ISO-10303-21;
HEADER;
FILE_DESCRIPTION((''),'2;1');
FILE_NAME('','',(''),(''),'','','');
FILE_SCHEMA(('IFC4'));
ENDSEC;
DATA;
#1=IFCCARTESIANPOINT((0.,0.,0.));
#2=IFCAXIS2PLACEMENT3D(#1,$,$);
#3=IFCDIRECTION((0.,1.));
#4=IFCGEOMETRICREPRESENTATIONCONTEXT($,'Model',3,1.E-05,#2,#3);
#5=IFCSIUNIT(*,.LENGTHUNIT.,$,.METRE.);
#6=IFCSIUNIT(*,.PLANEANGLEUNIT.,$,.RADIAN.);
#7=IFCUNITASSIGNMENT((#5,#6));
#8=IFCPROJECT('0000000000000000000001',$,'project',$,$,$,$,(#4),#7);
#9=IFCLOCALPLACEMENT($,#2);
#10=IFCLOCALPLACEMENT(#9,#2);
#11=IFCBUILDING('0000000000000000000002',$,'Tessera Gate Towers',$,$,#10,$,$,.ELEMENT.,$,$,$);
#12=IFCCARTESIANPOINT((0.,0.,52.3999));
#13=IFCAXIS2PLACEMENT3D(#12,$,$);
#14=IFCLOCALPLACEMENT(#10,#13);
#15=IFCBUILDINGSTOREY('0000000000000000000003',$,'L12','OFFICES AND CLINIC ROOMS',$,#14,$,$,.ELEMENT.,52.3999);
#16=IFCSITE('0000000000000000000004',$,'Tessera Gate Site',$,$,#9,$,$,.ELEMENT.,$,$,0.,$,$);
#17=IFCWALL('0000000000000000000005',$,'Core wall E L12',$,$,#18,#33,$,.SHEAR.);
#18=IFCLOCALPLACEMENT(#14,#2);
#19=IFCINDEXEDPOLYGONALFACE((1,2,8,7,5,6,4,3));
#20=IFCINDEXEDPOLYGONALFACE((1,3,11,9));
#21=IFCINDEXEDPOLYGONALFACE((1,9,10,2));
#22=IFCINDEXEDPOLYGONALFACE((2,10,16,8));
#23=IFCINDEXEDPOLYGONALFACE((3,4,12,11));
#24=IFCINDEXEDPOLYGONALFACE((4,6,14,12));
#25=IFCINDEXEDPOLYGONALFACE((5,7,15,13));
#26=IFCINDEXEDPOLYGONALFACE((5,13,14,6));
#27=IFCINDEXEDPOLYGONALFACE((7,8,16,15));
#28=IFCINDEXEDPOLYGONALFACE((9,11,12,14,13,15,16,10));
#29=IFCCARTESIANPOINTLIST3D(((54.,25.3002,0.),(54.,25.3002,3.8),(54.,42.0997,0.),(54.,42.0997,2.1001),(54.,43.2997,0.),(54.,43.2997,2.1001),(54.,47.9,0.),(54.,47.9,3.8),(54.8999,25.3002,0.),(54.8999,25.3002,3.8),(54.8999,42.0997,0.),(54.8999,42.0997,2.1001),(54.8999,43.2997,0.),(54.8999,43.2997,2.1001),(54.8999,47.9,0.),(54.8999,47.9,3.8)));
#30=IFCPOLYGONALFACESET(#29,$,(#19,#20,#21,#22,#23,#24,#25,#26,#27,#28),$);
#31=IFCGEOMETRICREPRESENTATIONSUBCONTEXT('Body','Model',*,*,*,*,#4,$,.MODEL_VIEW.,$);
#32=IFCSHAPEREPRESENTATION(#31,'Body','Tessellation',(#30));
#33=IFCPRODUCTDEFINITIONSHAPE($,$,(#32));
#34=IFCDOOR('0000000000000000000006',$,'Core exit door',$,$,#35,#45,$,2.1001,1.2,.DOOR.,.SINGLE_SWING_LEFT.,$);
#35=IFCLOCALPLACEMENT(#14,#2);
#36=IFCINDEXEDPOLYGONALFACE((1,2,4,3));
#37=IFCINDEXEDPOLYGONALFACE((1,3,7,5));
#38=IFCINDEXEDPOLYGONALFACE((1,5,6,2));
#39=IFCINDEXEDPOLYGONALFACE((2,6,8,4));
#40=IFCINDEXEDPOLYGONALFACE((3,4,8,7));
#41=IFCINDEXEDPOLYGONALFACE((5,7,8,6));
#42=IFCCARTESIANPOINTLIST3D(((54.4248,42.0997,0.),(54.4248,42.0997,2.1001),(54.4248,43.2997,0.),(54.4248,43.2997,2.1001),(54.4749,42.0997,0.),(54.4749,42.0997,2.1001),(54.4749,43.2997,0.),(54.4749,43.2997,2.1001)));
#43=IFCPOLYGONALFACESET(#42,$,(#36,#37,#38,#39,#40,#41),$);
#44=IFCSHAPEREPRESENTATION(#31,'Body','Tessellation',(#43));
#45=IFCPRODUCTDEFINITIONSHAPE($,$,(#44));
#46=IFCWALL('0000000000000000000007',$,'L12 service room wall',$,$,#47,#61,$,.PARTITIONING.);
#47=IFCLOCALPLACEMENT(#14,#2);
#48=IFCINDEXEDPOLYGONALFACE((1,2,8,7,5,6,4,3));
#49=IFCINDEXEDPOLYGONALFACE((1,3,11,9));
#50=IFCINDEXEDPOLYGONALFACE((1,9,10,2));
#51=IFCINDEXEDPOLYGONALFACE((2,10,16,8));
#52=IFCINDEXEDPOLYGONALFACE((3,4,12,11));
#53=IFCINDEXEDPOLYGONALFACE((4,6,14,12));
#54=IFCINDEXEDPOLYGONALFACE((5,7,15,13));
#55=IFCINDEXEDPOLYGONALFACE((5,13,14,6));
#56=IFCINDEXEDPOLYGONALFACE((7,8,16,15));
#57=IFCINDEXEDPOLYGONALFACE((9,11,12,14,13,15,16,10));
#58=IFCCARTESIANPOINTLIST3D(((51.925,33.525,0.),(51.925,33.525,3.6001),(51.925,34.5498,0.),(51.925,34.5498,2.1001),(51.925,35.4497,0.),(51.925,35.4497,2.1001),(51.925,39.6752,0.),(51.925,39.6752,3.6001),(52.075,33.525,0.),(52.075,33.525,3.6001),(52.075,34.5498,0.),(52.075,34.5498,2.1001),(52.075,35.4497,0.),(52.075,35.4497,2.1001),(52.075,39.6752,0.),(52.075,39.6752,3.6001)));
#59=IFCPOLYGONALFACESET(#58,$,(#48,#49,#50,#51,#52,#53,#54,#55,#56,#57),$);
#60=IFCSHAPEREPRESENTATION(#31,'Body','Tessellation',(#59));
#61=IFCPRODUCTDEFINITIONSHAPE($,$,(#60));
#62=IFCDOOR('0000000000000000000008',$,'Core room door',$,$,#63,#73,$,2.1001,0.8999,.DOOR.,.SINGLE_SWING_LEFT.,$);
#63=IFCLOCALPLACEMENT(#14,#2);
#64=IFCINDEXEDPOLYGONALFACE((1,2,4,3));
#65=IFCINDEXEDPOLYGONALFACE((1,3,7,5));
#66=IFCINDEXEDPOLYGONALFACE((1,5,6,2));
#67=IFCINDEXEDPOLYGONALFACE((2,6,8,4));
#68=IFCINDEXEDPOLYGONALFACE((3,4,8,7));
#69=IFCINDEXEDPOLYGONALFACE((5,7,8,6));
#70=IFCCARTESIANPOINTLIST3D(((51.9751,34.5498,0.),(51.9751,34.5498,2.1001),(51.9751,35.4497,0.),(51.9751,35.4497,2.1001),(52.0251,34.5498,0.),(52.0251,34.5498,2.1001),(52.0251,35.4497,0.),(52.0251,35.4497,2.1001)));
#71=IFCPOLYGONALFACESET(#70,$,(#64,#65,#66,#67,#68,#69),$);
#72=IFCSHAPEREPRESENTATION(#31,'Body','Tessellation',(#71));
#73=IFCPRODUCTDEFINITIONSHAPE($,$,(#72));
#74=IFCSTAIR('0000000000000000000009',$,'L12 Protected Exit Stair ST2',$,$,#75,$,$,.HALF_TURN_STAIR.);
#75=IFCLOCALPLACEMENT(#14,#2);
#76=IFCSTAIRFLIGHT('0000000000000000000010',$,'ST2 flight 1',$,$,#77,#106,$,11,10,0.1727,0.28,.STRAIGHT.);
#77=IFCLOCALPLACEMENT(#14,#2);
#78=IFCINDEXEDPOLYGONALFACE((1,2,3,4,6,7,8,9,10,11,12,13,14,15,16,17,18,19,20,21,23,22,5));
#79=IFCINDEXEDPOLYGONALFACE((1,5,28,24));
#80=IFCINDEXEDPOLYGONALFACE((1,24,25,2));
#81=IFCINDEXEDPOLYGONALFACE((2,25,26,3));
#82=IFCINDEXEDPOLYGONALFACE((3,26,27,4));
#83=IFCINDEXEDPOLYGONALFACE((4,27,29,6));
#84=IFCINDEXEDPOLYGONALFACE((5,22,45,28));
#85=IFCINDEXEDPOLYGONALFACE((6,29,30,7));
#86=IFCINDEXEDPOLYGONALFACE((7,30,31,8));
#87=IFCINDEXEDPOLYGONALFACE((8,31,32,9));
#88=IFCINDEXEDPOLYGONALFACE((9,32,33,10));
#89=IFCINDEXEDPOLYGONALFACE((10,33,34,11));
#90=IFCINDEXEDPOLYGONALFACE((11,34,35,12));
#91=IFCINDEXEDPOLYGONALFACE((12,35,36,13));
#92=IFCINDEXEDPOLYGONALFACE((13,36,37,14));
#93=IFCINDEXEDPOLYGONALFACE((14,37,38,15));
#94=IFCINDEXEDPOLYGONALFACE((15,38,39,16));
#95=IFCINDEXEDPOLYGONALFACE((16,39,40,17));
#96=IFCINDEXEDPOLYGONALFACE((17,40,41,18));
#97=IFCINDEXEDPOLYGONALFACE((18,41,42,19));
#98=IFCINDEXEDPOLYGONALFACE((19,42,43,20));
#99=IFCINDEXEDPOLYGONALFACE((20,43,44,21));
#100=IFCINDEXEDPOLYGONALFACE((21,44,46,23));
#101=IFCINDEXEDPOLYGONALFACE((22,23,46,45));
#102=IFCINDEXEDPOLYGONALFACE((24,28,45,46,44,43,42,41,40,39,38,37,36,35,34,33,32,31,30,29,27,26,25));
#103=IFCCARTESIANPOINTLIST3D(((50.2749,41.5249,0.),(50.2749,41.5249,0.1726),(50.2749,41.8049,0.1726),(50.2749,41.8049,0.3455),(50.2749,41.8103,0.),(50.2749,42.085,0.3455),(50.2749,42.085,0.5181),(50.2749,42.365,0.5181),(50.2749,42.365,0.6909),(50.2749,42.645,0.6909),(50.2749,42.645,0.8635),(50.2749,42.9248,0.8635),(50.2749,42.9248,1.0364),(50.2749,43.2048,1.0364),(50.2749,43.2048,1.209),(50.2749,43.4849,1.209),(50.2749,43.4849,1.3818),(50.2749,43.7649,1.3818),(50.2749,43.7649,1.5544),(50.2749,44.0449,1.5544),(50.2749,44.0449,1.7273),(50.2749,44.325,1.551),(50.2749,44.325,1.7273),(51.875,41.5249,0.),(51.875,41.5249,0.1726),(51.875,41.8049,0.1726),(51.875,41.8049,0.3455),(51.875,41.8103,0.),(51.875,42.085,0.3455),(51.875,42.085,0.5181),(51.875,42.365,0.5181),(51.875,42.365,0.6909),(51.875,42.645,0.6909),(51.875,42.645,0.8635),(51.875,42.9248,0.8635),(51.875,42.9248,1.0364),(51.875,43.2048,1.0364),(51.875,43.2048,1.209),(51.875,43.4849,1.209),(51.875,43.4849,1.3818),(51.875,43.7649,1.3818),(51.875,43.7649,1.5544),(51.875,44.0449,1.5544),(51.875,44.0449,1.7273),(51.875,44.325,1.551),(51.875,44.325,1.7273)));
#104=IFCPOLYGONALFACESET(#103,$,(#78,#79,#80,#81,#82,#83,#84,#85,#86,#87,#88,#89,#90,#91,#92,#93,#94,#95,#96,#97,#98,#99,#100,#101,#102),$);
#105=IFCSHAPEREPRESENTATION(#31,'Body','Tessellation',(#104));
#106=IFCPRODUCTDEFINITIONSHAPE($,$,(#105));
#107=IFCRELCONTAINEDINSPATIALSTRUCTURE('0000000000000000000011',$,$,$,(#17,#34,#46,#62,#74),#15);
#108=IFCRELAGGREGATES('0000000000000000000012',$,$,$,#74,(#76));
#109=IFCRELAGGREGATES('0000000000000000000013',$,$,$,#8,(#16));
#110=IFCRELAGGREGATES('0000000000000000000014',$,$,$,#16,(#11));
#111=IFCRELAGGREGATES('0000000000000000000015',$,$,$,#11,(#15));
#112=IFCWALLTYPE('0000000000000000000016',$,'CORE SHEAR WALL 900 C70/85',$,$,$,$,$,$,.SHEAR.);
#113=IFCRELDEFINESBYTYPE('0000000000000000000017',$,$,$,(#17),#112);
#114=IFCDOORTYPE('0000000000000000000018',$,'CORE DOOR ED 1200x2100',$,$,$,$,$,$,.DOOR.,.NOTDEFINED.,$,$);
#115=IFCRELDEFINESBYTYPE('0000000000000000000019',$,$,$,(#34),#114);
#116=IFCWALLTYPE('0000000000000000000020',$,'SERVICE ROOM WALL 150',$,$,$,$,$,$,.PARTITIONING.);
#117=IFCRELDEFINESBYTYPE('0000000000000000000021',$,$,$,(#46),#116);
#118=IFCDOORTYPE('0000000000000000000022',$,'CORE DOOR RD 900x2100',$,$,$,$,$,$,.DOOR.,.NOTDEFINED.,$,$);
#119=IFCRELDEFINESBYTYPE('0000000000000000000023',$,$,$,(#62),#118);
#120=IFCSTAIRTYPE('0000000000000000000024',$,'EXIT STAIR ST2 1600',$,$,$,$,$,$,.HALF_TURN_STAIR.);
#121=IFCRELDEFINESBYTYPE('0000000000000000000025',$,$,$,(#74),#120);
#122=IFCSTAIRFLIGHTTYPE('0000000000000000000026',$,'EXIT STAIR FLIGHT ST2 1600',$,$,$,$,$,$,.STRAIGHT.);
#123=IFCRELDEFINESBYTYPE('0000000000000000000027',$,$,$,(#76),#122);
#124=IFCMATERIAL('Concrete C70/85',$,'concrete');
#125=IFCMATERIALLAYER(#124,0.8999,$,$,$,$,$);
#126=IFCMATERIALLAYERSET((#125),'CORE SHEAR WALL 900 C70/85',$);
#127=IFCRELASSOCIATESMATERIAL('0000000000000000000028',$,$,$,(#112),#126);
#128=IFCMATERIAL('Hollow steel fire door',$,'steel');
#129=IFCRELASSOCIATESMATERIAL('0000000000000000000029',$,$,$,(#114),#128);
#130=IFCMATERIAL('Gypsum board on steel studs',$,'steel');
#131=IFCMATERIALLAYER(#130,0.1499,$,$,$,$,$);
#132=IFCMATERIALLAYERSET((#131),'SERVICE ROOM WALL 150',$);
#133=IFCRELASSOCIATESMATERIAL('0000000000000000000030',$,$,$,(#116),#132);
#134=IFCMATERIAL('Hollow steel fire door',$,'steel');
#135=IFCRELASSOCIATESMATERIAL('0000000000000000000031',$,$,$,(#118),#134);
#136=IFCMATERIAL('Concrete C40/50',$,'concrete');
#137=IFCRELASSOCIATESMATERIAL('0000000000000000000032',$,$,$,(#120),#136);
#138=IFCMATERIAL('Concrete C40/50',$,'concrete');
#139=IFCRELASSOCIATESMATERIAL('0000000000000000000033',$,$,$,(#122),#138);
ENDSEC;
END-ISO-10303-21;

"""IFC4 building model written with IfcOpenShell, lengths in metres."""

from ifc_helpers import new_model, si_unit, direction, frame, frame_2d, origin, place, context, subcontext, project, spatial, polyline, rectangle, outline, extrude, source, transform, mapped, material, layer, layer_set, type_object, element, fill, aggregate, save


model = new_model("IFC4")

# Units and contexts
model_context = context("Model", 3, precision=1e-05, world=origin(), true_north=direction((0.0, 1.0)))
body_context = subcontext(model_context, "Body", "Model", "MODEL_VIEW")
ifc_project = project(units=[si_unit("LENGTHUNIT", "METRE"), si_unit("PLANEANGLEUNIT", "RADIAN")], contexts=[model_context])

# Site, building, storey
site_placement = place(None, origin())
site = spatial("IfcSite", under=ifc_project, at=site_placement, Name="Tessera Gate Site", CompositionType="ELEMENT", RefElevation=0.0)
building_placement = place(site_placement, origin())
building = spatial("IfcBuilding", under=site, at=building_placement, Name="Tessera Gate Towers", CompositionType="ELEMENT")
storey_placement = place(building_placement, frame((0.0, 0.0, 52.3999)))
storey = spatial("IfcBuildingStorey", under=building, at=storey_placement, Name="L12", Description="OFFICES AND CLINIC ROOMS", CompositionType="ELEMENT", Elevation=52.3999)

# Shared definitions
shared_shape_1 = source(origin(), body_context, "Body", "SweptSolid", [
    extrude(rectangle(XDim=1.2, YDim=2.1001, at=frame_2d((0.6001, 1.05))), frame((0.0, 0.0249, 0.0), z_axis=(0.0, -1.0, 0.0), x_axis=(1.0, 0.0, 0.0)), (0.0, 0.0, 1.0), 0.05),
])

# Walls, openings, doors
ifc_material_1 = material(Name="Concrete C70/85", Category="concrete")
ifc_layer_1 = layer(ifc_material_1, 0.8999)
ifc_layer_set_1 = layer_set([ifc_layer_1], Name="CORE SHEAR WALL 900 C70/85")
wall_type_1 = type_object("IfcWallType", Name="CORE SHEAR WALL 900 C70/85", PredefinedType="SHEAR", material=ifc_layer_set_1)
wall_1_placement = place(storey_placement, frame((54.45, 47.8999, 0.0), z_axis=(0.0, 0.0, 1.0), x_axis=(0.0, -1.0, 0.0)))
wall_1 = element("IfcWall", 1, at=wall_1_placement, inside=storey, type_object=wall_type_1, Name="Core wall E L12", PredefinedType="SHEAR", context=body_context, shape_type="SweptSolid", body=[
    extrude(rectangle(XDim=22.5999, YDim=0.8999, at=frame_2d((11.2998, 0.0))), origin(), (0.0, 0.0, 1.0), 3.8),
])
shared_shape_2 = source(origin(), body_context, "Body", "SweptSolid", [
    extrude(rectangle(XDim=1.2, YDim=2.1001, at=frame_2d((0.6001, 1.05))), frame((0.0, 0.46, 0.0), z_axis=(0.0, -1.0, 0.0), x_axis=(1.0, 0.0, 0.0)), (0.0, 0.0, 1.0), 0.9199),
])
opening_1_placement = place(wall_1_placement, frame((4.6001, 0.0, 0.0)))
opening_1 = element("IfcOpeningElement", 2, at=opening_1_placement, cuts=wall_1, PredefinedType="OPENING", context=body_context, shape_type="MappedRepresentation", body=[
    mapped(shared_shape_2, transform((0.0, 0.0, 0.0), scale=1.0)),
])
ifc_material_2 = material(Name="Hollow steel fire door", Category="steel")
door_type_1 = type_object("IfcDoorType", Name="CORE DOOR ED 1200x2100", OperationType="NOTDEFINED", PredefinedType="DOOR", material=ifc_material_2)
door_1_placement = place(opening_1_placement, origin())
door_1 = element("IfcDoor", 3, at=door_1_placement, inside=storey, type_object=door_type_1, Name="Core exit door", OperationType="SINGLE_SWING_LEFT", OverallHeight=2.1001, OverallWidth=1.2, PredefinedType="DOOR", context=body_context, shape_type="MappedRepresentation", body=[
    mapped(shared_shape_1, transform((0.0, 0.0, 0.0), scale=1.0)),
])
fill(opening_1, door_1)
ifc_material_3 = material(Name="Gypsum board on steel studs", Category="steel")
ifc_layer_2 = layer(ifc_material_3, 0.1499)
ifc_layer_set_2 = layer_set([ifc_layer_2], Name="SERVICE ROOM WALL 150")
wall_type_2 = type_object("IfcWallType", Name="SERVICE ROOM WALL 150", PredefinedType="PARTITIONING", material=ifc_layer_set_2)
wall_2_placement = place(storey_placement, frame((52.0, 33.5249, 0.0), z_axis=(0.0, 0.0, 1.0), x_axis=(0.0, 1.0, 0.0)))
wall_2 = element("IfcWall", 4, at=wall_2_placement, inside=storey, type_object=wall_type_2, Name="L12 service room wall", PredefinedType="PARTITIONING", context=body_context, shape_type="SweptSolid", body=[
    extrude(rectangle(XDim=6.1501, YDim=0.1499, at=frame_2d((3.0752, 0.0))), origin(), (0.0, 0.0, 1.0), 3.6001),
])
shared_shape_3 = source(origin(), body_context, "Body", "SweptSolid", [
    extrude(rectangle(XDim=0.8999, YDim=2.1001, at=frame_2d((0.45, 1.05))), frame((0.0, 0.085, 0.0), z_axis=(0.0, -1.0, 0.0), x_axis=(1.0, 0.0, 0.0)), (0.0, 0.0, 1.0), 0.1699),
])
opening_2_placement = place(wall_2_placement, frame((1.0249, 0.0, 0.0)))
opening_2 = element("IfcOpeningElement", 5, at=opening_2_placement, cuts=wall_2, PredefinedType="OPENING", context=body_context, shape_type="MappedRepresentation", body=[
    mapped(shared_shape_3, transform((0.0, 0.0, 0.0), scale=1.0)),
])
ifc_material_4 = material(Name="Hollow steel fire door", Category="steel")
door_type_2 = type_object("IfcDoorType", Name="CORE DOOR RD 900x2100", OperationType="NOTDEFINED", PredefinedType="DOOR", material=ifc_material_4)
shared_shape_4 = source(origin(), body_context, "Body", "SweptSolid", [
    extrude(rectangle(XDim=0.8999, YDim=2.1001, at=frame_2d((0.45, 1.05))), frame((0.0, 0.0249, 0.0), z_axis=(0.0, -1.0, 0.0), x_axis=(1.0, 0.0, 0.0)), (0.0, 0.0, 1.0), 0.05),
])
door_2_placement = place(opening_2_placement, origin())
door_2 = element("IfcDoor", 6, at=door_2_placement, inside=storey, type_object=door_type_2, Name="Core room door", OperationType="SINGLE_SWING_LEFT", OverallHeight=2.1001, OverallWidth=0.8999, PredefinedType="DOOR", context=body_context, shape_type="MappedRepresentation", body=[
    mapped(shared_shape_4, transform((0.0, 0.0, 0.0), scale=1.0)),
])
fill(opening_2, door_2)

# Stair, stair flight
ifc_material_5 = material(Name="Concrete C40/50", Category="concrete")
stair_type = type_object("IfcStairType", Name="EXIT STAIR ST2 1600", PredefinedType="HALF_TURN_STAIR", material=ifc_material_5)
stair_placement = place(storey_placement, origin())
stair = element("IfcStair", 7, at=stair_placement, inside=storey, type_object=stair_type, Name="L12 Protected Exit Stair ST2", PredefinedType="HALF_TURN_STAIR")
ifc_material_6 = material(Name="Concrete C40/50", Category="concrete")
stair_flight_type = type_object("IfcStairFlightType", Name="EXIT STAIR FLIGHT ST2 1600", PredefinedType="STRAIGHT", material=ifc_material_6)
stair_flight_placement = place(storey_placement, frame((51.075, 41.5249, 0.0), z_axis=(0.0, 0.0, 1.0), x_axis=(0.0, 1.0, 0.0)))
stair_flight = element("IfcStairFlight", 8, at=stair_flight_placement, type_object=stair_flight_type, Name="ST2 flight 1", NumberOfRisers=11, NumberOfTreads=10, PredefinedType="STRAIGHT", RiserHeight=0.1727, TreadLength=0.28, context=body_context, shape_type="SweptSolid", body=[
    extrude(outline(polyline([(0.0, 0.0), (0.0, 0.1726), (0.28, 0.1726), (0.28, 0.3455), (0.5601, 0.3455), (0.5601, 0.5181), (0.8401, 0.5181), (0.8401, 0.6909), (1.1201, 0.6909), (1.1201, 0.8635), (1.3999, 0.8635), (1.3999, 1.0364), (1.6799, 1.0364), (1.6799, 1.209), (1.96, 1.209), (1.96, 1.3818), (2.24, 1.3818), (2.24, 1.5544), (2.52, 1.5544), (2.52, 1.7273), (2.8, 1.7273), (2.8, 1.8999), (2.8, 1.551), (0.2854, 0.0), (0.0, 0.0)])), frame((0.0, 0.8, 0.0), z_axis=(0.0, -1.0, 0.0), x_axis=(1.0, 0.0, 0.0)), (0.0, 0.0, 1.0), 1.6001),
])
aggregate(stair, [stair_flight])

save(model, "model.ifc")
